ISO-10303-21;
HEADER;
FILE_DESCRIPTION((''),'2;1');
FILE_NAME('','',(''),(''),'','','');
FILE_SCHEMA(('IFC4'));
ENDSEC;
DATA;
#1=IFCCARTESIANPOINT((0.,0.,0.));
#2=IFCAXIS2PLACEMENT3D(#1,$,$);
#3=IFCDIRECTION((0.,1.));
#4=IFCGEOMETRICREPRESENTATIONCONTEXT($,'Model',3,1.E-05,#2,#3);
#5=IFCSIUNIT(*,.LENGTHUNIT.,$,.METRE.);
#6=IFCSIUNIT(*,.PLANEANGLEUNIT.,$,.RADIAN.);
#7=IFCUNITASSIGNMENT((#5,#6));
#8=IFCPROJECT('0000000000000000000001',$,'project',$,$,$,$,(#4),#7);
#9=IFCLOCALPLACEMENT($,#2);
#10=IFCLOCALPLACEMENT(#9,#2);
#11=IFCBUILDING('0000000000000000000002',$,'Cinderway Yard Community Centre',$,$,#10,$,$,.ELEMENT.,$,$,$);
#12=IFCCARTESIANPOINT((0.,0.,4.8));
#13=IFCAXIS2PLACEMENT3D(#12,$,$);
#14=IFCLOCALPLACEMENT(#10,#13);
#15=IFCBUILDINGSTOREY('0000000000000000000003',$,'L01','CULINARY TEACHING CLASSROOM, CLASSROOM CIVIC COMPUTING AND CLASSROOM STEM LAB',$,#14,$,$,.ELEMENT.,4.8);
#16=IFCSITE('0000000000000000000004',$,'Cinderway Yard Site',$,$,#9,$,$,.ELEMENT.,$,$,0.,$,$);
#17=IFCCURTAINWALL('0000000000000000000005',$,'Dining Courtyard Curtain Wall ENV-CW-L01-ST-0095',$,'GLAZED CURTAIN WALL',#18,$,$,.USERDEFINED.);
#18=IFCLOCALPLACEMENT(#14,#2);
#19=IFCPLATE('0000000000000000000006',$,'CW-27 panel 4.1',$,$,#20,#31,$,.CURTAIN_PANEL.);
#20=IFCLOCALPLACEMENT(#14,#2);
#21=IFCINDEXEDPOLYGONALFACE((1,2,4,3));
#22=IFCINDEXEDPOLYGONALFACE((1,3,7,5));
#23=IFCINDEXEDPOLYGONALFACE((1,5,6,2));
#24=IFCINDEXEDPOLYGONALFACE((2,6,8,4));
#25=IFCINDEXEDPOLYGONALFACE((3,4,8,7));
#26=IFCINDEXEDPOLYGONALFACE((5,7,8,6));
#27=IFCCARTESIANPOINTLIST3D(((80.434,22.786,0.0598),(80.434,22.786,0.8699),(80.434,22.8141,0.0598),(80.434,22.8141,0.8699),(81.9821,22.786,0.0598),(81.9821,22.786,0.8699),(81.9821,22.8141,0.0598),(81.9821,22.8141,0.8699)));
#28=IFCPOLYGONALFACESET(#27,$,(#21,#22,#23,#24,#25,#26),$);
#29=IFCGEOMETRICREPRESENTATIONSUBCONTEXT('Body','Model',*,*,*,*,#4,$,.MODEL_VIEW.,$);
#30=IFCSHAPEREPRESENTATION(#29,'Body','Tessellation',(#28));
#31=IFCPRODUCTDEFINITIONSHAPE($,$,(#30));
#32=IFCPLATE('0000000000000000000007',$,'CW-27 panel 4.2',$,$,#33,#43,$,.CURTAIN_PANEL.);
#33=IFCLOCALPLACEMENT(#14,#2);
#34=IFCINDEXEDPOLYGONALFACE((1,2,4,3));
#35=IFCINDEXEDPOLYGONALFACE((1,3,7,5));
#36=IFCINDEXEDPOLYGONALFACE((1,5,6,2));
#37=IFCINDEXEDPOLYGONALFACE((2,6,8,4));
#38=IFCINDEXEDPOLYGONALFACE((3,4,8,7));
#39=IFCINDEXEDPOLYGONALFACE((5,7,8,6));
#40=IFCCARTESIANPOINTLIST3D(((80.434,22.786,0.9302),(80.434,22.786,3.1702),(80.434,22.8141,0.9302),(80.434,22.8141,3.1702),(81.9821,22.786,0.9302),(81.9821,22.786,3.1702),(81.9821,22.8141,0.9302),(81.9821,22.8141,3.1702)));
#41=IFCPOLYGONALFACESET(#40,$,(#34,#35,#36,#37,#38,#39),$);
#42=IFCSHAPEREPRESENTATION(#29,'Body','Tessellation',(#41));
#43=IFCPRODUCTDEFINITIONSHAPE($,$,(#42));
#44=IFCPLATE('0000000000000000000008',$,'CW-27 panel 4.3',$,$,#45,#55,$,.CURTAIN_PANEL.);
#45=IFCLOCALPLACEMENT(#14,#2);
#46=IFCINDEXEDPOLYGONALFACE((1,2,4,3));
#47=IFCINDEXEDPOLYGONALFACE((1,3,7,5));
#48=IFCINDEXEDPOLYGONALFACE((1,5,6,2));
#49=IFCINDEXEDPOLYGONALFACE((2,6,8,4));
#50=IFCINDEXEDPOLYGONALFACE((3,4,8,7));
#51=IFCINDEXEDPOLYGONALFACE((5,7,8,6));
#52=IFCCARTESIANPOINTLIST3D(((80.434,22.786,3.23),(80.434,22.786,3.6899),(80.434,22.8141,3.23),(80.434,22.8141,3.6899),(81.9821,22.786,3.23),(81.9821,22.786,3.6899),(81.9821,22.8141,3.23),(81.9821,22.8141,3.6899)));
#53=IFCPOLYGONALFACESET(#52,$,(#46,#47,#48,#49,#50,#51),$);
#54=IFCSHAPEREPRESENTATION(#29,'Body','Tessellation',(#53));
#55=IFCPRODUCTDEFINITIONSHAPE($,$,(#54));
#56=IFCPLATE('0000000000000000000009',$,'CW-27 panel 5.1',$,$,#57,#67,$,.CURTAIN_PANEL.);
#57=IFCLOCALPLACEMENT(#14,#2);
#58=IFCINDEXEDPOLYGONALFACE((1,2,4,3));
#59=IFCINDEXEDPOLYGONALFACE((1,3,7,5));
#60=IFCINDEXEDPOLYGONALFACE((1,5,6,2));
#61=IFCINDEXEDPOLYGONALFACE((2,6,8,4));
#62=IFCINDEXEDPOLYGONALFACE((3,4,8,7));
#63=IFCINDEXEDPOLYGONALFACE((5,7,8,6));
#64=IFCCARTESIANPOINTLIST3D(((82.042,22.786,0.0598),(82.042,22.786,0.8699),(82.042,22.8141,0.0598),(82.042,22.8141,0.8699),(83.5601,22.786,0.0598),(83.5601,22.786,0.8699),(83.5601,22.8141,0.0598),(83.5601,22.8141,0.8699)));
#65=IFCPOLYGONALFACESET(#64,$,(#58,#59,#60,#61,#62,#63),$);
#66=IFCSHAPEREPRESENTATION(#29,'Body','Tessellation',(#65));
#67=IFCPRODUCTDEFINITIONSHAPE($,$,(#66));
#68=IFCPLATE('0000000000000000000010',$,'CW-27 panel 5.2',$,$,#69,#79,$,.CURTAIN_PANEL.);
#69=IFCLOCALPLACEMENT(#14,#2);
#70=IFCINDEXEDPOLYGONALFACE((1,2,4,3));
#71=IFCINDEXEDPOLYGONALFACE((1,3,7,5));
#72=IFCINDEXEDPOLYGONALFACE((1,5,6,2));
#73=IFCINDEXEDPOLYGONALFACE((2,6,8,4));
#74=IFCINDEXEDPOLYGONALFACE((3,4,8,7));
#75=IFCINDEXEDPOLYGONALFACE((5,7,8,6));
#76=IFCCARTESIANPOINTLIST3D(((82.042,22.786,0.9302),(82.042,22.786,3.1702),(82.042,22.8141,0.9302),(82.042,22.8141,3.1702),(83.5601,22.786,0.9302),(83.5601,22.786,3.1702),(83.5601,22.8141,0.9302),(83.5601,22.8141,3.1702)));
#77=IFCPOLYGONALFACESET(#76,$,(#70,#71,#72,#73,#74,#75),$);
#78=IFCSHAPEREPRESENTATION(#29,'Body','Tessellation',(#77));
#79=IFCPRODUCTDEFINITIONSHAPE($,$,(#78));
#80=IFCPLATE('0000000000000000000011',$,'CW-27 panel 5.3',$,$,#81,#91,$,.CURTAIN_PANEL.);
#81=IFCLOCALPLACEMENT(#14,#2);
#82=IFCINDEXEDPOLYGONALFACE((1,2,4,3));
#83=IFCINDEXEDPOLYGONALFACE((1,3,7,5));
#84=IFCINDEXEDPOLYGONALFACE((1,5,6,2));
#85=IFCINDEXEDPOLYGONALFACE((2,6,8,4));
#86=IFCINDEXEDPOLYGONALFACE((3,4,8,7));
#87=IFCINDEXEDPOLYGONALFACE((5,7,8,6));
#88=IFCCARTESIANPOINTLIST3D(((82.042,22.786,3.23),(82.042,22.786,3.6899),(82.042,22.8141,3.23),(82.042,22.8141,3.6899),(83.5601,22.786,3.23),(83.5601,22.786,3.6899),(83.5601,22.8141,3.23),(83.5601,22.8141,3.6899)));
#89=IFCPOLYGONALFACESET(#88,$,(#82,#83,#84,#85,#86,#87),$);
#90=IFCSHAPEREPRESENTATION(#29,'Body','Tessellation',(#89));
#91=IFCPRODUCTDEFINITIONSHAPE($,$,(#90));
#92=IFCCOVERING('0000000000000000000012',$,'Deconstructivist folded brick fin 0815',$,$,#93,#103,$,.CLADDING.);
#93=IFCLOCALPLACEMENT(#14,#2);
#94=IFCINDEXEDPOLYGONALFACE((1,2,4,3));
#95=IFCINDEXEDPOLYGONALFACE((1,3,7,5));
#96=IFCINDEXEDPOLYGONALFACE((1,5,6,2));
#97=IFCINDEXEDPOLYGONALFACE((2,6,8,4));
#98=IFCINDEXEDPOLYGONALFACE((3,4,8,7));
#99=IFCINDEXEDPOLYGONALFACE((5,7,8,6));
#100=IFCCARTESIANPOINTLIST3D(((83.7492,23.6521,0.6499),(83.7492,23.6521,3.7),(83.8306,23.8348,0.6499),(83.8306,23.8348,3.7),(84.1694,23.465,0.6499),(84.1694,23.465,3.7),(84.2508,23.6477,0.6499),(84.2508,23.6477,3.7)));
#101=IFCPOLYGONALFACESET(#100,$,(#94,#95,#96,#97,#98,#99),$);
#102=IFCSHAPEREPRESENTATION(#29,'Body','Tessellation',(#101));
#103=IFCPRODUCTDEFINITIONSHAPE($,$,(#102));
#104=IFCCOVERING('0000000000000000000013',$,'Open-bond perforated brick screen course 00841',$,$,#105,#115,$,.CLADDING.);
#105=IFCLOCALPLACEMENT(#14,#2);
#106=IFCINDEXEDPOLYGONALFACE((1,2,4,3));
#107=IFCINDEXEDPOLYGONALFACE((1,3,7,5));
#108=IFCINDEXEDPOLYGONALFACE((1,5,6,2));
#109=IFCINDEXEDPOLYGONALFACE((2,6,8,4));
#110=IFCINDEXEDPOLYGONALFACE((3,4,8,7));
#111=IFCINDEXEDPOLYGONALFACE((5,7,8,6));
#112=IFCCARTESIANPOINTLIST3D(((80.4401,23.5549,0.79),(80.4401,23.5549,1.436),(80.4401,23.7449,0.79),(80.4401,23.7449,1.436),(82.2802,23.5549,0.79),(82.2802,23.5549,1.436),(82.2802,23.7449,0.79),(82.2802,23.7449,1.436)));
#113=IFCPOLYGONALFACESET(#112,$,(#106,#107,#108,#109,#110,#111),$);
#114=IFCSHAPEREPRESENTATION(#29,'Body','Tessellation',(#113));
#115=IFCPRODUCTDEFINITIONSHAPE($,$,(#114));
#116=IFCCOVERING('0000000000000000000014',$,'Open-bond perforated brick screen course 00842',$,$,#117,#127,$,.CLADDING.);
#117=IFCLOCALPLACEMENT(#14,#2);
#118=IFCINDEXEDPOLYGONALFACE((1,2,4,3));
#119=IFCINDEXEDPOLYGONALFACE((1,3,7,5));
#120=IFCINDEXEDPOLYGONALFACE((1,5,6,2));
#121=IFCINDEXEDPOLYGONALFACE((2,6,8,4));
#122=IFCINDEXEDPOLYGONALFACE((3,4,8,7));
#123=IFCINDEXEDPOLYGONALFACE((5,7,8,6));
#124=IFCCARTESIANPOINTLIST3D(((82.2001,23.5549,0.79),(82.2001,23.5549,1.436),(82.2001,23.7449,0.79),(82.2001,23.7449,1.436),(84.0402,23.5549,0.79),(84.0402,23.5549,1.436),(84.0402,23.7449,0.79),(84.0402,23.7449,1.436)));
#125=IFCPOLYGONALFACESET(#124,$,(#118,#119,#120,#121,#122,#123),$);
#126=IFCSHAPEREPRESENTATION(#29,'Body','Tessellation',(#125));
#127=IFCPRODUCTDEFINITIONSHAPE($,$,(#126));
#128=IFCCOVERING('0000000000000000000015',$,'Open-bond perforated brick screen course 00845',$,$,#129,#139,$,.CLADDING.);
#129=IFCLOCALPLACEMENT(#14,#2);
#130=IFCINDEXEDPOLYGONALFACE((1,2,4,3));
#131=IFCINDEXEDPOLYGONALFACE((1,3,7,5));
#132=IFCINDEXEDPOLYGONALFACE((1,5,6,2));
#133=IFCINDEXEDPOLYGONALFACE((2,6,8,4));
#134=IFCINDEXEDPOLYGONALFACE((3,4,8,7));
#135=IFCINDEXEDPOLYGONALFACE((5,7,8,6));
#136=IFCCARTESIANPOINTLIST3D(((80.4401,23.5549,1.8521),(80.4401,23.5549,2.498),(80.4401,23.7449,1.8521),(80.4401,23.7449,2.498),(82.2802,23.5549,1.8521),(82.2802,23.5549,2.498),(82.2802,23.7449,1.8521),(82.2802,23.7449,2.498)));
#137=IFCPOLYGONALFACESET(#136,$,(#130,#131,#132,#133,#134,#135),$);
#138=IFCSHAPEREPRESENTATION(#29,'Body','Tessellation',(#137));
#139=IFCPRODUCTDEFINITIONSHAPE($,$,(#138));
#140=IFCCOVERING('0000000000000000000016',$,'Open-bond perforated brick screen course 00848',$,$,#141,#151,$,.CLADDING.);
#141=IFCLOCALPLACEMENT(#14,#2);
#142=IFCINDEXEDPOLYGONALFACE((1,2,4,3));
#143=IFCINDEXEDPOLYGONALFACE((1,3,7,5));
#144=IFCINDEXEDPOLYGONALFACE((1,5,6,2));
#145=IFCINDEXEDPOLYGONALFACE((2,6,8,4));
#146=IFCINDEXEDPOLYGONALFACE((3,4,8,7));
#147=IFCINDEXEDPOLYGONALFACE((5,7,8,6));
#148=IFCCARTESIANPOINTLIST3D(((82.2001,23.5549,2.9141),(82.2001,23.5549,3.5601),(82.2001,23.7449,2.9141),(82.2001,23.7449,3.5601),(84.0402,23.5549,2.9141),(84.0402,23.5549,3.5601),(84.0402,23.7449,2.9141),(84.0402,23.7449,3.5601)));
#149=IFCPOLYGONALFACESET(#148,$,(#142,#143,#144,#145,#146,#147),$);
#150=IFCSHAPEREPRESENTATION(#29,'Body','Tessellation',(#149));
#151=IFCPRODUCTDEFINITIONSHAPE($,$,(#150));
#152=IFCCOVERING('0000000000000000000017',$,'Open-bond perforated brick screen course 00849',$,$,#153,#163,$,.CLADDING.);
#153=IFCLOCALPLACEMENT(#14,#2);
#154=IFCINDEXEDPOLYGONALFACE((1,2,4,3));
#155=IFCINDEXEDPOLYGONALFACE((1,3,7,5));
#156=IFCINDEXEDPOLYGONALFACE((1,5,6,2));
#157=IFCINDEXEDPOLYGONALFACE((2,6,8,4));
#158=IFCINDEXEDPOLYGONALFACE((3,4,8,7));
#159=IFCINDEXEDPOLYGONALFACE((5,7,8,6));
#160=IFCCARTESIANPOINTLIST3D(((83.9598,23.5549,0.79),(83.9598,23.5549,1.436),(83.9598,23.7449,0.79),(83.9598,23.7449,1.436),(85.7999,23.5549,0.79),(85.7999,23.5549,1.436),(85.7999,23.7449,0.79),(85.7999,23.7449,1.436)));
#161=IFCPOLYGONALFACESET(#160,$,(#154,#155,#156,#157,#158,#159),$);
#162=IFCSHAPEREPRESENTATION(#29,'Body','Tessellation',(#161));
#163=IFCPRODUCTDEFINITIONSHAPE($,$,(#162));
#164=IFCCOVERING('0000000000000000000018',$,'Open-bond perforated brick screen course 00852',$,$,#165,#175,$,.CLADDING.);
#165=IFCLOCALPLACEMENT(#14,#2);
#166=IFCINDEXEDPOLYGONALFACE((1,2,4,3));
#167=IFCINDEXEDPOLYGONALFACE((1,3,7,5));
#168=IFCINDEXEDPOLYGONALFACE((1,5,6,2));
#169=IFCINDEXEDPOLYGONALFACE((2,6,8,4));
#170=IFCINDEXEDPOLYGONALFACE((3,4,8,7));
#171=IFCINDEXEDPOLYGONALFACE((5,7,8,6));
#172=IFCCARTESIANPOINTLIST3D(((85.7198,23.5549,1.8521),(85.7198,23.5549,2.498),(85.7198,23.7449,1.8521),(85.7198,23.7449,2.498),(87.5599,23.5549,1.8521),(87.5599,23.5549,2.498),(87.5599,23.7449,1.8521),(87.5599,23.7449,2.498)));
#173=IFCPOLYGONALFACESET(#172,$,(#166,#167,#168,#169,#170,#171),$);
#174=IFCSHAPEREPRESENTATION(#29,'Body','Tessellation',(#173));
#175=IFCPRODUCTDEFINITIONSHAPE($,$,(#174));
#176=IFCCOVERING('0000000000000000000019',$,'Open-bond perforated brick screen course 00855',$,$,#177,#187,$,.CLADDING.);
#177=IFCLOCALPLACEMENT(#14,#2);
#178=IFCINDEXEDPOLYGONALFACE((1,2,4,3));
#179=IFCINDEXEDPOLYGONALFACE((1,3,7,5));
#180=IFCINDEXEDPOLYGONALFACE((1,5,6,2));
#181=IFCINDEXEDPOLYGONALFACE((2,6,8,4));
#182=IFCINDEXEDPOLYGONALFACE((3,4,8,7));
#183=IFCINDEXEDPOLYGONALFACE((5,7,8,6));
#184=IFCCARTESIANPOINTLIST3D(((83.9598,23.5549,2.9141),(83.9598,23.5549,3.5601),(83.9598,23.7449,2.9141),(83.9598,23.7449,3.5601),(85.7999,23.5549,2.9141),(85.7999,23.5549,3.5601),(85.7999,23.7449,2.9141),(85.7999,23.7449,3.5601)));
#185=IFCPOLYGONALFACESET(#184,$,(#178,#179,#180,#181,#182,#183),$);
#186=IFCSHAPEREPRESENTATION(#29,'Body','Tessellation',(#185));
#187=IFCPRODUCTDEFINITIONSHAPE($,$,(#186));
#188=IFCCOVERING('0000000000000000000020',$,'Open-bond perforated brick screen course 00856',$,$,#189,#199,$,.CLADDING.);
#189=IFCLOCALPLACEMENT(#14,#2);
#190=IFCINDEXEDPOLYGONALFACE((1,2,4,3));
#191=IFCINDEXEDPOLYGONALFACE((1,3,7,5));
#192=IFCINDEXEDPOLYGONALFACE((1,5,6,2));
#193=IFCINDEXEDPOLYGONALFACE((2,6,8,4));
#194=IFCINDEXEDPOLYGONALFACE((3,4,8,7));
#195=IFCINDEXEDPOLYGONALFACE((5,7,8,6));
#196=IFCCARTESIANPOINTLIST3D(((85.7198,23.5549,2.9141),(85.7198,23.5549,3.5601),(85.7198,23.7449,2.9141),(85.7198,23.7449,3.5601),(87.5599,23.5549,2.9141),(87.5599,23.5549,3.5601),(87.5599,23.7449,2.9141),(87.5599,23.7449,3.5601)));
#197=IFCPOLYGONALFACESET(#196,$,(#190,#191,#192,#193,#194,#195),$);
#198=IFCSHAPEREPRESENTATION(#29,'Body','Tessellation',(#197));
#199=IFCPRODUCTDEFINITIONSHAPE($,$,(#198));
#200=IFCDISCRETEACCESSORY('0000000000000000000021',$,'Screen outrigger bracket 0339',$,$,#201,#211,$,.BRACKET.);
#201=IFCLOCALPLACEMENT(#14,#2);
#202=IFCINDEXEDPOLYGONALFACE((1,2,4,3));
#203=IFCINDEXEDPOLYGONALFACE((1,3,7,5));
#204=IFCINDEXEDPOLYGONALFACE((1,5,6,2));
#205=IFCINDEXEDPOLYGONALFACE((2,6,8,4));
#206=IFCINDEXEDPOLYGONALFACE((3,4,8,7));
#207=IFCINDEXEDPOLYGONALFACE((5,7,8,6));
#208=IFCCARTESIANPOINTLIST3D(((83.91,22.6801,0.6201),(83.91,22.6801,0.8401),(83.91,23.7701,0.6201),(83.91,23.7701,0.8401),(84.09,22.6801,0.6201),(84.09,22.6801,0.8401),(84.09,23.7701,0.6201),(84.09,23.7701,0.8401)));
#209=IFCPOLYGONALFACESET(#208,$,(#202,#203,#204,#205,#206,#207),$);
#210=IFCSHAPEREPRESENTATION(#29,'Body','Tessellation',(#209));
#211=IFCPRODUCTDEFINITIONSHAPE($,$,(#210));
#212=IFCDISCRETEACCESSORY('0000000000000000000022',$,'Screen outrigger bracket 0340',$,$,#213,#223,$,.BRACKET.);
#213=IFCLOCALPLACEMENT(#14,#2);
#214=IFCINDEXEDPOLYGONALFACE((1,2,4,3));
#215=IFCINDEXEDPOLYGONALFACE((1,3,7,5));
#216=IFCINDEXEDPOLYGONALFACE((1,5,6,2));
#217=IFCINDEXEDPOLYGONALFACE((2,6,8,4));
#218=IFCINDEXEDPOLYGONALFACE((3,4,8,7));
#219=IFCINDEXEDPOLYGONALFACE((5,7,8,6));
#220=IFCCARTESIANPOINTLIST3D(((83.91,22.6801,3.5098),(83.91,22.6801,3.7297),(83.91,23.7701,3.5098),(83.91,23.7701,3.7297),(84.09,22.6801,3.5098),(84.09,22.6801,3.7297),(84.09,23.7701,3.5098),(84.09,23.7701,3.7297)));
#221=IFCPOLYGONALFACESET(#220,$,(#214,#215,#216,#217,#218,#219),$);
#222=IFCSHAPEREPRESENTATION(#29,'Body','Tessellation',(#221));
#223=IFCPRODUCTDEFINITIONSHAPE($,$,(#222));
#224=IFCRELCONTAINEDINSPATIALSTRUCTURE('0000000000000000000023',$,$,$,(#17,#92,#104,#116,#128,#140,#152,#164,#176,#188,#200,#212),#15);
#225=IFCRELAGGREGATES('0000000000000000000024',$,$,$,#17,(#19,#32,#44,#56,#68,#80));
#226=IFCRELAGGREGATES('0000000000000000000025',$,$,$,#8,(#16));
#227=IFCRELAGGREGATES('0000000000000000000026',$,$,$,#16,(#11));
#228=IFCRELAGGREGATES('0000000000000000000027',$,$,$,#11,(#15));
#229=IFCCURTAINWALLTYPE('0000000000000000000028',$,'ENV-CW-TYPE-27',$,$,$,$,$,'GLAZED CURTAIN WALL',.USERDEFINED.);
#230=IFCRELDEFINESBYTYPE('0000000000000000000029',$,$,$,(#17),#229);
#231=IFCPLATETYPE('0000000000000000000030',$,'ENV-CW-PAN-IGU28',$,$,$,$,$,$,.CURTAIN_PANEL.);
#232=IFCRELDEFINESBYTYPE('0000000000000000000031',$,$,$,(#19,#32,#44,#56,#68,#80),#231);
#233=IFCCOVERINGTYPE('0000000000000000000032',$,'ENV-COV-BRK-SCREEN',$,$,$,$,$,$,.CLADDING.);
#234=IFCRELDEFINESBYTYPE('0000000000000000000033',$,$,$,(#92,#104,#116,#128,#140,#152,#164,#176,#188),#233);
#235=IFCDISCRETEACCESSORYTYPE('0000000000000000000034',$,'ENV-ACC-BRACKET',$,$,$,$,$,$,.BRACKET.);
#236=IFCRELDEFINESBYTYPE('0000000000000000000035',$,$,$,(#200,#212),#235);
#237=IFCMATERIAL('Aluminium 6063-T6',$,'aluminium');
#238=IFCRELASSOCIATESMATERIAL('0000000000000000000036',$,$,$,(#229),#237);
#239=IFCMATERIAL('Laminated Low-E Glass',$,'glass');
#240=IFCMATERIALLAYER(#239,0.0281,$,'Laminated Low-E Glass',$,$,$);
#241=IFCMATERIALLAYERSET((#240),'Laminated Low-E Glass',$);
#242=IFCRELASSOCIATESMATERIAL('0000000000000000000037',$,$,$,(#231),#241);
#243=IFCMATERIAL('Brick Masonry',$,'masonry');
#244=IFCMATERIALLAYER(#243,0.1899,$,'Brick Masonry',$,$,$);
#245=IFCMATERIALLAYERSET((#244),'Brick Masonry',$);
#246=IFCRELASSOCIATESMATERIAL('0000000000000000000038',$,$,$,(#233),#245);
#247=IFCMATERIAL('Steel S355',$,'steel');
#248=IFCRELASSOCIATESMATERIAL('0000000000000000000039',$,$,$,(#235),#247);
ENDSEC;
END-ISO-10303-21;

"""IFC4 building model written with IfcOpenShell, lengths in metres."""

from ifc_helpers import new_model, si_unit, direction, frame, origin, origin_2d, place, context, subcontext, project, spatial, rectangle, extrude, material, layer, layer_set, type_object, element, aggregate, save


model = new_model("IFC4")

# Units and contexts
model_context = context("Model", 3, precision=1e-05, world=origin(), true_north=direction((0.0, 1.0)))
body_context = subcontext(model_context, "Body", "Model", "MODEL_VIEW")
ifc_project = project(units=[si_unit("LENGTHUNIT", "METRE"), si_unit("PLANEANGLEUNIT", "RADIAN")], contexts=[model_context])

# Site, building, storey
site_placement = place(None, origin())
site = spatial("IfcSite", under=ifc_project, at=site_placement, Name="Cinderway Yard Site", CompositionType="ELEMENT", RefElevation=0.0)
building_placement = place(site_placement, origin())
building = spatial("IfcBuilding", under=site, at=building_placement, Name="Cinderway Yard Community Centre", CompositionType="ELEMENT")
storey_placement = place(building_placement, frame((0.0, 0.0, 4.8)))
storey = spatial("IfcBuildingStorey", under=building, at=storey_placement, Name="L01", Description="CULINARY TEACHING CLASSROOM, CLASSROOM CIVIC COMPUTING AND CLASSROOM STEM LAB", CompositionType="ELEMENT", Elevation=4.8)

# Curtain wall
ifc_material_1 = material(Name="Aluminium 6063-T6", Category="aluminium")
curtain_wall_type = type_object("IfcCurtainWallType", Name="ENV-CW-TYPE-27", ElementType="GLAZED CURTAIN WALL", PredefinedType="USERDEFINED", material=ifc_material_1)
curtain_wall_placement = place(storey_placement, origin())
curtain_wall = element("IfcCurtainWall", 1, at=curtain_wall_placement, inside=storey, type_object=curtain_wall_type, Name="Dining Courtyard Curtain Wall ENV-CW-L01-ST-0095", ObjectType="GLAZED CURTAIN WALL", PredefinedType="USERDEFINED")

# Shared definitions
ifc_material_2 = material(Name="Steel S355", Category="steel")

# Plates
ifc_material_3 = material(Name="Laminated Low-E Glass", Category="glass")
ifc_layer_1 = layer(ifc_material_3, 0.0281, Name="Laminated Low-E Glass")
ifc_layer_set_1 = layer_set([ifc_layer_1], Name="Laminated Low-E Glass")
plate_type = type_object("IfcPlateType", Name="ENV-CW-PAN-IGU28", PredefinedType="CURTAIN_PANEL", material=ifc_layer_set_1)
plate_1_placement = place(storey_placement, frame((81.208, 22.8, 0.0598), z_axis=(0.0, 0.0, 1.0), x_axis=(1.0, 0.0, 0.0)))
plate_1 = element("IfcPlate", 2, at=plate_1_placement, type_object=plate_type, Name="CW-27 panel 4.1", PredefinedType="CURTAIN_PANEL", context=body_context, shape_type="SweptSolid", body=[
    extrude(rectangle(XDim=1.5481, YDim=0.0281, at=origin_2d()), origin(), (0.0, 0.0, 1.0), 0.8101),
])
plate_2_placement = place(storey_placement, frame((81.208, 22.8, 0.9302), z_axis=(0.0, 0.0, 1.0), x_axis=(1.0, 0.0, 0.0)))
plate_2 = element("IfcPlate", 3, at=plate_2_placement, type_object=plate_type, Name="CW-27 panel 4.2", PredefinedType="CURTAIN_PANEL", context=body_context, shape_type="SweptSolid", body=[
    extrude(rectangle(XDim=1.5481, YDim=0.0281, at=origin_2d()), origin(), (0.0, 0.0, 1.0), 2.24),
])
plate_3_placement = place(storey_placement, frame((81.208, 22.8, 3.23), z_axis=(0.0, 0.0, 1.0), x_axis=(1.0, 0.0, 0.0)))
plate_3 = element("IfcPlate", 4, at=plate_3_placement, type_object=plate_type, Name="CW-27 panel 4.3", PredefinedType="CURTAIN_PANEL", context=body_context, shape_type="SweptSolid", body=[
    extrude(rectangle(XDim=1.5481, YDim=0.0281, at=origin_2d()), origin(), (0.0, 0.0, 1.0), 0.46),
])
plate_4_placement = place(storey_placement, frame((82.801, 22.8, 0.0598), z_axis=(0.0, 0.0, 1.0), x_axis=(1.0, 0.0, 0.0)))
plate_4 = element("IfcPlate", 5, at=plate_4_placement, type_object=plate_type, Name="CW-27 panel 5.1", PredefinedType="CURTAIN_PANEL", context=body_context, shape_type="SweptSolid", body=[
    extrude(rectangle(XDim=1.5181, YDim=0.0281, at=origin_2d()), origin(), (0.0, 0.0, 1.0), 0.8101),
])
plate_5_placement = place(storey_placement, frame((82.801, 22.8, 0.9302), z_axis=(0.0, 0.0, 1.0), x_axis=(1.0, 0.0, 0.0)))
plate_5 = element("IfcPlate", 6, at=plate_5_placement, type_object=plate_type, Name="CW-27 panel 5.2", PredefinedType="CURTAIN_PANEL", context=body_context, shape_type="SweptSolid", body=[
    extrude(rectangle(XDim=1.5181, YDim=0.0281, at=origin_2d()), origin(), (0.0, 0.0, 1.0), 2.24),
])
plate_6_placement = place(storey_placement, frame((82.801, 22.8, 3.23), z_axis=(0.0, 0.0, 1.0), x_axis=(1.0, 0.0, 0.0)))
plate_6 = element("IfcPlate", 7, at=plate_6_placement, type_object=plate_type, Name="CW-27 panel 5.3", PredefinedType="CURTAIN_PANEL", context=body_context, shape_type="SweptSolid", body=[
    extrude(rectangle(XDim=1.5181, YDim=0.0281, at=origin_2d()), origin(), (0.0, 0.0, 1.0), 0.46),
])
aggregate(curtain_wall, [plate_1, plate_2, plate_3, plate_4, plate_5, plate_6])

# Coverings
ifc_material_4 = material(Name="Brick Masonry", Category="masonry")
ifc_layer_2 = layer(ifc_material_4, 0.1899, Name="Brick Masonry")
ifc_layer_set_2 = layer_set([ifc_layer_2], Name="Brick Masonry")
covering_type = type_object("IfcCoveringType", Name="ENV-COV-BRK-SCREEN", PredefinedType="CLADDING", material=ifc_layer_set_2)
covering_placement = place(storey_placement, frame((84.0, 23.6499, 0.6499), z_axis=(0.0, 0.0, 1.0), x_axis=(0.913545, -0.406737, 0.0)))
element("IfcCovering", 8, at=covering_placement, inside=storey, type_object=covering_type, Name="Deconstructivist folded brick fin 0815", PredefinedType="CLADDING", context=body_context, shape_type="SweptSolid", body=[
    extrude(rectangle(XDim=0.46, YDim=0.2, at=origin_2d()), origin(), (0.0, 0.0, 1.0), 3.05),
])
for number, where, z_axis, x_axis, name in (
    (9, (81.3601, 23.6499, 0.79), (0.0, 0.0, 1.0), (1.0, 0.0, 0.0), "Open-bond perforated brick screen course 00841"),
    (10, (83.1201, 23.6499, 0.79), (0.0, 0.0, 1.0), (1.0, 0.0, 0.0), "Open-bond perforated brick screen course 00842"),
    (11, (81.3601, 23.6499, 1.8521), (0.0, 0.0, 1.0), (1.0, 0.0, 0.0), "Open-bond perforated brick screen course 00845"),
    (12, (83.1201, 23.6499, 2.9141), (0.0, 0.0, 1.0), (1.0, 0.0, 0.0), "Open-bond perforated brick screen course 00848"),
    (13, (84.8799, 23.6499, 0.79), (0.0, 0.0, 1.0), (1.0, 0.0, 0.0), "Open-bond perforated brick screen course 00849"),
    (14, (86.6399, 23.6499, 1.8521), (0.0, 0.0, 1.0), (1.0, 0.0, 0.0), "Open-bond perforated brick screen course 00852"),
    (15, (84.8799, 23.6499, 2.9141), (0.0, 0.0, 1.0), (1.0, 0.0, 0.0), "Open-bond perforated brick screen course 00855"),
    (16, (86.6399, 23.6499, 2.9141), (0.0, 0.0, 1.0), (1.0, 0.0, 0.0), "Open-bond perforated brick screen course 00856"),
):
    element("IfcCovering", number, at=place(storey_placement, frame(where, z_axis=z_axis, x_axis=x_axis)), inside=storey, type_object=covering_type, Name=name, PredefinedType="CLADDING", context=body_context, shape_type="SweptSolid", body=[
        extrude(rectangle(XDim=1.8401, YDim=0.1899, at=origin_2d()), origin(), (0.0, 0.0, 1.0), 0.646),
    ])

# Discrete accessories
discrete_accessory_type = type_object("IfcDiscreteAccessoryType", Name="ENV-ACC-BRACKET", PredefinedType="BRACKET", material=ifc_material_2)
for number, where, z_axis, x_axis, name in (
    (17, (84.0, 23.2251, 0.6201), (0.0, 0.0, 1.0), (0.0, 1.0, 0.0), "Screen outrigger bracket 0339"),
    (18, (84.0, 23.2251, 3.5098), (0.0, 0.0, 1.0), (0.0, 1.0, 0.0), "Screen outrigger bracket 0340"),
):
    element("IfcDiscreteAccessory", number, at=place(storey_placement, frame(where, z_axis=z_axis, x_axis=x_axis)), inside=storey, type_object=discrete_accessory_type, Name=name, PredefinedType="BRACKET", context=body_context, shape_type="SweptSolid", body=[
        extrude(rectangle(XDim=1.0901, YDim=0.1799, at=origin_2d()), origin(), (0.0, 0.0, 1.0), 0.22),
    ])

save(model, "model.ifc")
